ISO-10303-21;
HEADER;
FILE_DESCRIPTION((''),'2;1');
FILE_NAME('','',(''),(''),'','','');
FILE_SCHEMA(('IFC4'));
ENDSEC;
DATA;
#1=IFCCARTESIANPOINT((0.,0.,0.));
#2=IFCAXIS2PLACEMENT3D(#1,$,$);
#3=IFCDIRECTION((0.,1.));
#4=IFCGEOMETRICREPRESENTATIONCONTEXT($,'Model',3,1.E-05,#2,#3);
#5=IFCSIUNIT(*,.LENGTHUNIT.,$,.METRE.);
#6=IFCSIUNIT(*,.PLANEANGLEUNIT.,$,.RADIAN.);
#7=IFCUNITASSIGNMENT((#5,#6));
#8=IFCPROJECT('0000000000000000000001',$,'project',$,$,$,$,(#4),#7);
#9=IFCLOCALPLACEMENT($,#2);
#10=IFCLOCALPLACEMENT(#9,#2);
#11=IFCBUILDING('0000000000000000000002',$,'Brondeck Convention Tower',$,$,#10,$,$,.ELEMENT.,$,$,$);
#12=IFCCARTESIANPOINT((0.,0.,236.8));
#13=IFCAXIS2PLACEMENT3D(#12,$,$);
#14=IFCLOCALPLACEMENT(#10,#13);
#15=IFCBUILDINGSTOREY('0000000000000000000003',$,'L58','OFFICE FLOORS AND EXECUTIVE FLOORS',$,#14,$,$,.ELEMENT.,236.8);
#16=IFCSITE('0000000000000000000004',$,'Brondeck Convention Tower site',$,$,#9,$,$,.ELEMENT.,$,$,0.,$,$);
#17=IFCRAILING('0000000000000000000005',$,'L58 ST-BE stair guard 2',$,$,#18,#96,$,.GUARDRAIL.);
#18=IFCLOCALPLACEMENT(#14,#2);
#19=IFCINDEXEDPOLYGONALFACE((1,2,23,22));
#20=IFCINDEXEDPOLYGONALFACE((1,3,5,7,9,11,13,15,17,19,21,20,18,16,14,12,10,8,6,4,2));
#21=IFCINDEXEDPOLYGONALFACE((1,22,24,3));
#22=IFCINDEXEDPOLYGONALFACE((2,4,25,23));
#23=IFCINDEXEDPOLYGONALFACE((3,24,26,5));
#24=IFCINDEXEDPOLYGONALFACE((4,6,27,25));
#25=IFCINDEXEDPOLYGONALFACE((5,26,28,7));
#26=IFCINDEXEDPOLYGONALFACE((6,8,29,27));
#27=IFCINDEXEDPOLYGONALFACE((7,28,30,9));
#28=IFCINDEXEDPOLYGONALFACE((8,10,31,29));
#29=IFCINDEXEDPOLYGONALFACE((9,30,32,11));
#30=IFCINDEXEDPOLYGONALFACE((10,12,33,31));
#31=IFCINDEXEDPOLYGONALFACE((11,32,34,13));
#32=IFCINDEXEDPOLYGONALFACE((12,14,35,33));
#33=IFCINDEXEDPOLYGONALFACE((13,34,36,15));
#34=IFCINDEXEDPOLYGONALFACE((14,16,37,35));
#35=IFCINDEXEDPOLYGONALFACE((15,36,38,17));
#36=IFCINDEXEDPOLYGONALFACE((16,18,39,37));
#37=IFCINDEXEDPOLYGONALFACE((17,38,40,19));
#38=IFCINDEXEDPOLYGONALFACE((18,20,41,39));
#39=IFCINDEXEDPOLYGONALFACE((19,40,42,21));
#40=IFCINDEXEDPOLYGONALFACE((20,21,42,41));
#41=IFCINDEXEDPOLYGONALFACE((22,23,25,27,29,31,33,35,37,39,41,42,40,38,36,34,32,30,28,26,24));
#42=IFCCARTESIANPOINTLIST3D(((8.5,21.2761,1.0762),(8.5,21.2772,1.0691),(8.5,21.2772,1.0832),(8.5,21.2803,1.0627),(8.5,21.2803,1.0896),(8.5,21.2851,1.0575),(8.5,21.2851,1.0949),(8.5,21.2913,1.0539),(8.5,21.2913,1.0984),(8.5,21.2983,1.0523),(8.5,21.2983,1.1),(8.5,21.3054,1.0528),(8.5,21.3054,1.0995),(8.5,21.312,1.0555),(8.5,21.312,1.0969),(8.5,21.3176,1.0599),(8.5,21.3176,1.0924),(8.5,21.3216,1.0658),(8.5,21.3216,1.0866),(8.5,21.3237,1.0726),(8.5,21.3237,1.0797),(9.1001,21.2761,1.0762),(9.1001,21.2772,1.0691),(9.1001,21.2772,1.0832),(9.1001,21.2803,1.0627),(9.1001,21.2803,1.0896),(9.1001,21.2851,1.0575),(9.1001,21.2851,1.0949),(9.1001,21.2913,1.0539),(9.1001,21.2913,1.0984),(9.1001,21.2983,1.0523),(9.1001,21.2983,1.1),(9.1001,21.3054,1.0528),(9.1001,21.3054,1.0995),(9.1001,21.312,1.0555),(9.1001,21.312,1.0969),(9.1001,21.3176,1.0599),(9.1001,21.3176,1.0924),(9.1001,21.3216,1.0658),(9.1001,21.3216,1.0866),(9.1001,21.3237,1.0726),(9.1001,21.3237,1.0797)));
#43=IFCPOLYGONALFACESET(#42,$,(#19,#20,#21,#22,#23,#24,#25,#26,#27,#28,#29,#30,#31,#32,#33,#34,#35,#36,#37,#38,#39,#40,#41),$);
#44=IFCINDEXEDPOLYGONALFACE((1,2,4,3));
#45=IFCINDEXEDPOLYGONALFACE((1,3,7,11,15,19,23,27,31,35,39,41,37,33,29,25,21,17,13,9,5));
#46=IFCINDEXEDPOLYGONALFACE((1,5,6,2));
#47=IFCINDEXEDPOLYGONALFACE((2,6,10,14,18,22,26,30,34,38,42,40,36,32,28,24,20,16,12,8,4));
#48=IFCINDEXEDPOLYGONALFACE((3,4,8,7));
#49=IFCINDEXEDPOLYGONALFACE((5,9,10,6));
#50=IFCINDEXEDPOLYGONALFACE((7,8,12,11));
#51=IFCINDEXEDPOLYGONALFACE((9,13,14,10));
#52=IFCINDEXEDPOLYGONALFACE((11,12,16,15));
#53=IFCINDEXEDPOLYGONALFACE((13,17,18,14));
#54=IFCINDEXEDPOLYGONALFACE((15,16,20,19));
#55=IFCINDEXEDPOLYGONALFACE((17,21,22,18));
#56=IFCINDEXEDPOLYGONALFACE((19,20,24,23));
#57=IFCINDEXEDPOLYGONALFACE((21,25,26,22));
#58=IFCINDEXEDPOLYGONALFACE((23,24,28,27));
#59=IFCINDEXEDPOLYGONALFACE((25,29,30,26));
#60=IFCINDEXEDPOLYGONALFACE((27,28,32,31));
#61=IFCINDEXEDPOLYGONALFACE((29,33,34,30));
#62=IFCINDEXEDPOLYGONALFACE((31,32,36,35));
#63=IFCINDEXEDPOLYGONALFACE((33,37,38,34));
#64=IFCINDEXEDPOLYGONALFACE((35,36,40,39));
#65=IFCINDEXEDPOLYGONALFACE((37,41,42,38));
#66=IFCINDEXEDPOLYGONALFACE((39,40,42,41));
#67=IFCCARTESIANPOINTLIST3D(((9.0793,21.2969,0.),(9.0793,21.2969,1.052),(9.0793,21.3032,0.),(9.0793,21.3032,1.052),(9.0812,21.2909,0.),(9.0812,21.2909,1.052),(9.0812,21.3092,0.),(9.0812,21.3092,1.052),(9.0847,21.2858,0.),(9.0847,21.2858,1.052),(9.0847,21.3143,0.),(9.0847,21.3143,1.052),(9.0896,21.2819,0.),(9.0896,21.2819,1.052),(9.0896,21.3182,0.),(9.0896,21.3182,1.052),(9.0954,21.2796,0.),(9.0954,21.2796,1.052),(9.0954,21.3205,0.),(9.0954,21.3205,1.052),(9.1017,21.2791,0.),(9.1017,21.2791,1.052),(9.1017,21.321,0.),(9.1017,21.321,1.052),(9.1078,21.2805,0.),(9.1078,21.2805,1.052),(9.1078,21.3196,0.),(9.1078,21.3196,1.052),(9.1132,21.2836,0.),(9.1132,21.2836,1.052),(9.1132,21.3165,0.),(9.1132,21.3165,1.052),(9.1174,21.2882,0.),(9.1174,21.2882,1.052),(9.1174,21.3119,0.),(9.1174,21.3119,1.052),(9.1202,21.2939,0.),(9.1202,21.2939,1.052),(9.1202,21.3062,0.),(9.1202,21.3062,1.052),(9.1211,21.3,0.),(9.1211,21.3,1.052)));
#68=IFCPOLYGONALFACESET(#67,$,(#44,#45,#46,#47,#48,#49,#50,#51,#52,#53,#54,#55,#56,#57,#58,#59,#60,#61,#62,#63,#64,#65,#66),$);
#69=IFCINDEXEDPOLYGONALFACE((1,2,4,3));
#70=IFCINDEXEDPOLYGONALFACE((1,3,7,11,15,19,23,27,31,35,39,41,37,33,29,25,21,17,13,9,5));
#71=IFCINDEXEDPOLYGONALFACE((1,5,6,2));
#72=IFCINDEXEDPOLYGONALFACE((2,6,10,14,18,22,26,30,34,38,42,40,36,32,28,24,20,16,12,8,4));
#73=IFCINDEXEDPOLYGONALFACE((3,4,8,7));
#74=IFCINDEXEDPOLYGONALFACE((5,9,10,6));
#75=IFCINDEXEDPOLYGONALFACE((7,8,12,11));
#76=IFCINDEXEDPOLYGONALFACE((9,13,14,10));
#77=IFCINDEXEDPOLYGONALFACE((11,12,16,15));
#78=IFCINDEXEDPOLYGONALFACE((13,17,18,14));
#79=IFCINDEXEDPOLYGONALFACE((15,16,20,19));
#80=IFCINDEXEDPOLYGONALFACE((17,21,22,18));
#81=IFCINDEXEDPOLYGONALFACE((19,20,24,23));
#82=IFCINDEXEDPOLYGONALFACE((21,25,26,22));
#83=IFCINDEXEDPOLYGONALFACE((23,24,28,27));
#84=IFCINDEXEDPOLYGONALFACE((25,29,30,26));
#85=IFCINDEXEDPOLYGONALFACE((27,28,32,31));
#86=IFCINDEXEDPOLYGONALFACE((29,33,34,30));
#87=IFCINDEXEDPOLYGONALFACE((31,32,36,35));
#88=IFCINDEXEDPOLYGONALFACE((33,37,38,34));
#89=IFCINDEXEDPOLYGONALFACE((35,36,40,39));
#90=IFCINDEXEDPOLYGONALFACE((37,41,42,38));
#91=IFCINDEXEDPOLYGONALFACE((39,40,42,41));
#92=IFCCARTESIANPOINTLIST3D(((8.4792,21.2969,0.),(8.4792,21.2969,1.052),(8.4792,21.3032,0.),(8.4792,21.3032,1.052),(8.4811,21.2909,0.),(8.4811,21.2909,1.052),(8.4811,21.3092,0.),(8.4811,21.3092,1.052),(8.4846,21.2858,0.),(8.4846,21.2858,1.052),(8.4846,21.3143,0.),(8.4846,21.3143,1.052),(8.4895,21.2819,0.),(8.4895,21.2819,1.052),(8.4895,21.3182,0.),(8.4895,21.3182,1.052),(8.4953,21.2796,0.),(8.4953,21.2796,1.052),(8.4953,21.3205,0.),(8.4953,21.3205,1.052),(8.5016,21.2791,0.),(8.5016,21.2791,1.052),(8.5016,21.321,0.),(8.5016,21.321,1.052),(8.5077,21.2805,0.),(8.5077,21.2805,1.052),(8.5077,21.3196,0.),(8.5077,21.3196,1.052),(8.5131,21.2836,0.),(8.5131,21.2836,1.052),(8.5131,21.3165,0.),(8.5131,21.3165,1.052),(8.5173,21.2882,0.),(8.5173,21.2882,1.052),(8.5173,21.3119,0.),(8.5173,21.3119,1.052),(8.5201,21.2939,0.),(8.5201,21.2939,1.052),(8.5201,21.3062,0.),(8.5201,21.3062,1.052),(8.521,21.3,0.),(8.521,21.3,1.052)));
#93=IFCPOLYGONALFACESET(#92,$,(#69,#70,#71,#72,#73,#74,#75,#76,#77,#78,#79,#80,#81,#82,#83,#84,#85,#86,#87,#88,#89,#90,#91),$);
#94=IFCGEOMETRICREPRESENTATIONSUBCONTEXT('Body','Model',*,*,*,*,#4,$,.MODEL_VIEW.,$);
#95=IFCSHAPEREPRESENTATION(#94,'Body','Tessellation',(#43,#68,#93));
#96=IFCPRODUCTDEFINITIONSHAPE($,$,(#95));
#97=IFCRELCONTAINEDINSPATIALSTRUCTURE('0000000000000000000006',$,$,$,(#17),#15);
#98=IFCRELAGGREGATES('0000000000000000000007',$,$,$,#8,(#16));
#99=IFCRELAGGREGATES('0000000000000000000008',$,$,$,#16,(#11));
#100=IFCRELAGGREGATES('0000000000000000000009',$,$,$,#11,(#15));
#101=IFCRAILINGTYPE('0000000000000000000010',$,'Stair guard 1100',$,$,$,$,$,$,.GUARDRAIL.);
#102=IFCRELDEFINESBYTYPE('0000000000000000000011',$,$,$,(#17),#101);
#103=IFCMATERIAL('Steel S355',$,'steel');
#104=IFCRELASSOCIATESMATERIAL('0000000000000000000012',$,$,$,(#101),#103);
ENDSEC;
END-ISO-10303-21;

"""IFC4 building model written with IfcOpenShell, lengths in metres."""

from ifc_helpers import new_model, si_unit, direction, frame, origin, origin_2d, place, context, subcontext, project, spatial, circle, extrude, material, type_object, element, save


model = new_model("IFC4")

# Units and contexts
model_context = context("Model", 3, precision=1e-05, world=origin(), true_north=direction((0.0, 1.0)))
body_context = subcontext(model_context, "Body", "Model", "MODEL_VIEW")
ifc_project = project(units=[si_unit("LENGTHUNIT", "METRE"), si_unit("PLANEANGLEUNIT", "RADIAN")], contexts=[model_context])

# Site, building, storey
site_placement = place(None, origin())
site = spatial("IfcSite", under=ifc_project, at=site_placement, Name="Brondeck Convention Tower site", CompositionType="ELEMENT", RefElevation=0.0)
building_placement = place(site_placement, origin())
building = spatial("IfcBuilding", under=site, at=building_placement, Name="Brondeck Convention Tower", CompositionType="ELEMENT")
storey_placement = place(building_placement, frame((0.0, 0.0, 236.8)))
storey = spatial("IfcBuildingStorey", under=building, at=storey_placement, Name="L58", Description="OFFICE FLOORS AND EXECUTIVE FLOORS", CompositionType="ELEMENT", Elevation=236.8)

# Railing
ifc_material_1 = material(Name="Steel S355", Category="steel")
railing_type = type_object("IfcRailingType", Name="Stair guard 1100", PredefinedType="GUARDRAIL", material=ifc_material_1)
railing_placement = place(storey_placement, frame((9.1001, 21.3, 0.0)))
element("IfcRailing", 1, at=railing_placement, inside=storey, type_object=railing_type, Name="L58 ST-BE stair guard 2", PredefinedType="GUARDRAIL", context=body_context, shape_type="SweptSolid", body=[
    extrude(circle(Radius=0.0239, at=origin_2d()), frame((0.0, 0.0, 1.0762), z_axis=(-1.0, 0.0, 0.0), x_axis=(0.0, -1.0, 0.0)), (0.0, 0.0, 1.0), 0.6001),
    extrude(circle(Radius=0.021, at=origin_2d()), origin(), (0.0, 0.0, 1.0), 1.052),
    extrude(circle(Radius=0.021, at=origin_2d()), frame((-0.6001, 0.0, 0.0)), (0.0, 0.0, 1.0), 1.052),
])

save(model, "model.ifc")
